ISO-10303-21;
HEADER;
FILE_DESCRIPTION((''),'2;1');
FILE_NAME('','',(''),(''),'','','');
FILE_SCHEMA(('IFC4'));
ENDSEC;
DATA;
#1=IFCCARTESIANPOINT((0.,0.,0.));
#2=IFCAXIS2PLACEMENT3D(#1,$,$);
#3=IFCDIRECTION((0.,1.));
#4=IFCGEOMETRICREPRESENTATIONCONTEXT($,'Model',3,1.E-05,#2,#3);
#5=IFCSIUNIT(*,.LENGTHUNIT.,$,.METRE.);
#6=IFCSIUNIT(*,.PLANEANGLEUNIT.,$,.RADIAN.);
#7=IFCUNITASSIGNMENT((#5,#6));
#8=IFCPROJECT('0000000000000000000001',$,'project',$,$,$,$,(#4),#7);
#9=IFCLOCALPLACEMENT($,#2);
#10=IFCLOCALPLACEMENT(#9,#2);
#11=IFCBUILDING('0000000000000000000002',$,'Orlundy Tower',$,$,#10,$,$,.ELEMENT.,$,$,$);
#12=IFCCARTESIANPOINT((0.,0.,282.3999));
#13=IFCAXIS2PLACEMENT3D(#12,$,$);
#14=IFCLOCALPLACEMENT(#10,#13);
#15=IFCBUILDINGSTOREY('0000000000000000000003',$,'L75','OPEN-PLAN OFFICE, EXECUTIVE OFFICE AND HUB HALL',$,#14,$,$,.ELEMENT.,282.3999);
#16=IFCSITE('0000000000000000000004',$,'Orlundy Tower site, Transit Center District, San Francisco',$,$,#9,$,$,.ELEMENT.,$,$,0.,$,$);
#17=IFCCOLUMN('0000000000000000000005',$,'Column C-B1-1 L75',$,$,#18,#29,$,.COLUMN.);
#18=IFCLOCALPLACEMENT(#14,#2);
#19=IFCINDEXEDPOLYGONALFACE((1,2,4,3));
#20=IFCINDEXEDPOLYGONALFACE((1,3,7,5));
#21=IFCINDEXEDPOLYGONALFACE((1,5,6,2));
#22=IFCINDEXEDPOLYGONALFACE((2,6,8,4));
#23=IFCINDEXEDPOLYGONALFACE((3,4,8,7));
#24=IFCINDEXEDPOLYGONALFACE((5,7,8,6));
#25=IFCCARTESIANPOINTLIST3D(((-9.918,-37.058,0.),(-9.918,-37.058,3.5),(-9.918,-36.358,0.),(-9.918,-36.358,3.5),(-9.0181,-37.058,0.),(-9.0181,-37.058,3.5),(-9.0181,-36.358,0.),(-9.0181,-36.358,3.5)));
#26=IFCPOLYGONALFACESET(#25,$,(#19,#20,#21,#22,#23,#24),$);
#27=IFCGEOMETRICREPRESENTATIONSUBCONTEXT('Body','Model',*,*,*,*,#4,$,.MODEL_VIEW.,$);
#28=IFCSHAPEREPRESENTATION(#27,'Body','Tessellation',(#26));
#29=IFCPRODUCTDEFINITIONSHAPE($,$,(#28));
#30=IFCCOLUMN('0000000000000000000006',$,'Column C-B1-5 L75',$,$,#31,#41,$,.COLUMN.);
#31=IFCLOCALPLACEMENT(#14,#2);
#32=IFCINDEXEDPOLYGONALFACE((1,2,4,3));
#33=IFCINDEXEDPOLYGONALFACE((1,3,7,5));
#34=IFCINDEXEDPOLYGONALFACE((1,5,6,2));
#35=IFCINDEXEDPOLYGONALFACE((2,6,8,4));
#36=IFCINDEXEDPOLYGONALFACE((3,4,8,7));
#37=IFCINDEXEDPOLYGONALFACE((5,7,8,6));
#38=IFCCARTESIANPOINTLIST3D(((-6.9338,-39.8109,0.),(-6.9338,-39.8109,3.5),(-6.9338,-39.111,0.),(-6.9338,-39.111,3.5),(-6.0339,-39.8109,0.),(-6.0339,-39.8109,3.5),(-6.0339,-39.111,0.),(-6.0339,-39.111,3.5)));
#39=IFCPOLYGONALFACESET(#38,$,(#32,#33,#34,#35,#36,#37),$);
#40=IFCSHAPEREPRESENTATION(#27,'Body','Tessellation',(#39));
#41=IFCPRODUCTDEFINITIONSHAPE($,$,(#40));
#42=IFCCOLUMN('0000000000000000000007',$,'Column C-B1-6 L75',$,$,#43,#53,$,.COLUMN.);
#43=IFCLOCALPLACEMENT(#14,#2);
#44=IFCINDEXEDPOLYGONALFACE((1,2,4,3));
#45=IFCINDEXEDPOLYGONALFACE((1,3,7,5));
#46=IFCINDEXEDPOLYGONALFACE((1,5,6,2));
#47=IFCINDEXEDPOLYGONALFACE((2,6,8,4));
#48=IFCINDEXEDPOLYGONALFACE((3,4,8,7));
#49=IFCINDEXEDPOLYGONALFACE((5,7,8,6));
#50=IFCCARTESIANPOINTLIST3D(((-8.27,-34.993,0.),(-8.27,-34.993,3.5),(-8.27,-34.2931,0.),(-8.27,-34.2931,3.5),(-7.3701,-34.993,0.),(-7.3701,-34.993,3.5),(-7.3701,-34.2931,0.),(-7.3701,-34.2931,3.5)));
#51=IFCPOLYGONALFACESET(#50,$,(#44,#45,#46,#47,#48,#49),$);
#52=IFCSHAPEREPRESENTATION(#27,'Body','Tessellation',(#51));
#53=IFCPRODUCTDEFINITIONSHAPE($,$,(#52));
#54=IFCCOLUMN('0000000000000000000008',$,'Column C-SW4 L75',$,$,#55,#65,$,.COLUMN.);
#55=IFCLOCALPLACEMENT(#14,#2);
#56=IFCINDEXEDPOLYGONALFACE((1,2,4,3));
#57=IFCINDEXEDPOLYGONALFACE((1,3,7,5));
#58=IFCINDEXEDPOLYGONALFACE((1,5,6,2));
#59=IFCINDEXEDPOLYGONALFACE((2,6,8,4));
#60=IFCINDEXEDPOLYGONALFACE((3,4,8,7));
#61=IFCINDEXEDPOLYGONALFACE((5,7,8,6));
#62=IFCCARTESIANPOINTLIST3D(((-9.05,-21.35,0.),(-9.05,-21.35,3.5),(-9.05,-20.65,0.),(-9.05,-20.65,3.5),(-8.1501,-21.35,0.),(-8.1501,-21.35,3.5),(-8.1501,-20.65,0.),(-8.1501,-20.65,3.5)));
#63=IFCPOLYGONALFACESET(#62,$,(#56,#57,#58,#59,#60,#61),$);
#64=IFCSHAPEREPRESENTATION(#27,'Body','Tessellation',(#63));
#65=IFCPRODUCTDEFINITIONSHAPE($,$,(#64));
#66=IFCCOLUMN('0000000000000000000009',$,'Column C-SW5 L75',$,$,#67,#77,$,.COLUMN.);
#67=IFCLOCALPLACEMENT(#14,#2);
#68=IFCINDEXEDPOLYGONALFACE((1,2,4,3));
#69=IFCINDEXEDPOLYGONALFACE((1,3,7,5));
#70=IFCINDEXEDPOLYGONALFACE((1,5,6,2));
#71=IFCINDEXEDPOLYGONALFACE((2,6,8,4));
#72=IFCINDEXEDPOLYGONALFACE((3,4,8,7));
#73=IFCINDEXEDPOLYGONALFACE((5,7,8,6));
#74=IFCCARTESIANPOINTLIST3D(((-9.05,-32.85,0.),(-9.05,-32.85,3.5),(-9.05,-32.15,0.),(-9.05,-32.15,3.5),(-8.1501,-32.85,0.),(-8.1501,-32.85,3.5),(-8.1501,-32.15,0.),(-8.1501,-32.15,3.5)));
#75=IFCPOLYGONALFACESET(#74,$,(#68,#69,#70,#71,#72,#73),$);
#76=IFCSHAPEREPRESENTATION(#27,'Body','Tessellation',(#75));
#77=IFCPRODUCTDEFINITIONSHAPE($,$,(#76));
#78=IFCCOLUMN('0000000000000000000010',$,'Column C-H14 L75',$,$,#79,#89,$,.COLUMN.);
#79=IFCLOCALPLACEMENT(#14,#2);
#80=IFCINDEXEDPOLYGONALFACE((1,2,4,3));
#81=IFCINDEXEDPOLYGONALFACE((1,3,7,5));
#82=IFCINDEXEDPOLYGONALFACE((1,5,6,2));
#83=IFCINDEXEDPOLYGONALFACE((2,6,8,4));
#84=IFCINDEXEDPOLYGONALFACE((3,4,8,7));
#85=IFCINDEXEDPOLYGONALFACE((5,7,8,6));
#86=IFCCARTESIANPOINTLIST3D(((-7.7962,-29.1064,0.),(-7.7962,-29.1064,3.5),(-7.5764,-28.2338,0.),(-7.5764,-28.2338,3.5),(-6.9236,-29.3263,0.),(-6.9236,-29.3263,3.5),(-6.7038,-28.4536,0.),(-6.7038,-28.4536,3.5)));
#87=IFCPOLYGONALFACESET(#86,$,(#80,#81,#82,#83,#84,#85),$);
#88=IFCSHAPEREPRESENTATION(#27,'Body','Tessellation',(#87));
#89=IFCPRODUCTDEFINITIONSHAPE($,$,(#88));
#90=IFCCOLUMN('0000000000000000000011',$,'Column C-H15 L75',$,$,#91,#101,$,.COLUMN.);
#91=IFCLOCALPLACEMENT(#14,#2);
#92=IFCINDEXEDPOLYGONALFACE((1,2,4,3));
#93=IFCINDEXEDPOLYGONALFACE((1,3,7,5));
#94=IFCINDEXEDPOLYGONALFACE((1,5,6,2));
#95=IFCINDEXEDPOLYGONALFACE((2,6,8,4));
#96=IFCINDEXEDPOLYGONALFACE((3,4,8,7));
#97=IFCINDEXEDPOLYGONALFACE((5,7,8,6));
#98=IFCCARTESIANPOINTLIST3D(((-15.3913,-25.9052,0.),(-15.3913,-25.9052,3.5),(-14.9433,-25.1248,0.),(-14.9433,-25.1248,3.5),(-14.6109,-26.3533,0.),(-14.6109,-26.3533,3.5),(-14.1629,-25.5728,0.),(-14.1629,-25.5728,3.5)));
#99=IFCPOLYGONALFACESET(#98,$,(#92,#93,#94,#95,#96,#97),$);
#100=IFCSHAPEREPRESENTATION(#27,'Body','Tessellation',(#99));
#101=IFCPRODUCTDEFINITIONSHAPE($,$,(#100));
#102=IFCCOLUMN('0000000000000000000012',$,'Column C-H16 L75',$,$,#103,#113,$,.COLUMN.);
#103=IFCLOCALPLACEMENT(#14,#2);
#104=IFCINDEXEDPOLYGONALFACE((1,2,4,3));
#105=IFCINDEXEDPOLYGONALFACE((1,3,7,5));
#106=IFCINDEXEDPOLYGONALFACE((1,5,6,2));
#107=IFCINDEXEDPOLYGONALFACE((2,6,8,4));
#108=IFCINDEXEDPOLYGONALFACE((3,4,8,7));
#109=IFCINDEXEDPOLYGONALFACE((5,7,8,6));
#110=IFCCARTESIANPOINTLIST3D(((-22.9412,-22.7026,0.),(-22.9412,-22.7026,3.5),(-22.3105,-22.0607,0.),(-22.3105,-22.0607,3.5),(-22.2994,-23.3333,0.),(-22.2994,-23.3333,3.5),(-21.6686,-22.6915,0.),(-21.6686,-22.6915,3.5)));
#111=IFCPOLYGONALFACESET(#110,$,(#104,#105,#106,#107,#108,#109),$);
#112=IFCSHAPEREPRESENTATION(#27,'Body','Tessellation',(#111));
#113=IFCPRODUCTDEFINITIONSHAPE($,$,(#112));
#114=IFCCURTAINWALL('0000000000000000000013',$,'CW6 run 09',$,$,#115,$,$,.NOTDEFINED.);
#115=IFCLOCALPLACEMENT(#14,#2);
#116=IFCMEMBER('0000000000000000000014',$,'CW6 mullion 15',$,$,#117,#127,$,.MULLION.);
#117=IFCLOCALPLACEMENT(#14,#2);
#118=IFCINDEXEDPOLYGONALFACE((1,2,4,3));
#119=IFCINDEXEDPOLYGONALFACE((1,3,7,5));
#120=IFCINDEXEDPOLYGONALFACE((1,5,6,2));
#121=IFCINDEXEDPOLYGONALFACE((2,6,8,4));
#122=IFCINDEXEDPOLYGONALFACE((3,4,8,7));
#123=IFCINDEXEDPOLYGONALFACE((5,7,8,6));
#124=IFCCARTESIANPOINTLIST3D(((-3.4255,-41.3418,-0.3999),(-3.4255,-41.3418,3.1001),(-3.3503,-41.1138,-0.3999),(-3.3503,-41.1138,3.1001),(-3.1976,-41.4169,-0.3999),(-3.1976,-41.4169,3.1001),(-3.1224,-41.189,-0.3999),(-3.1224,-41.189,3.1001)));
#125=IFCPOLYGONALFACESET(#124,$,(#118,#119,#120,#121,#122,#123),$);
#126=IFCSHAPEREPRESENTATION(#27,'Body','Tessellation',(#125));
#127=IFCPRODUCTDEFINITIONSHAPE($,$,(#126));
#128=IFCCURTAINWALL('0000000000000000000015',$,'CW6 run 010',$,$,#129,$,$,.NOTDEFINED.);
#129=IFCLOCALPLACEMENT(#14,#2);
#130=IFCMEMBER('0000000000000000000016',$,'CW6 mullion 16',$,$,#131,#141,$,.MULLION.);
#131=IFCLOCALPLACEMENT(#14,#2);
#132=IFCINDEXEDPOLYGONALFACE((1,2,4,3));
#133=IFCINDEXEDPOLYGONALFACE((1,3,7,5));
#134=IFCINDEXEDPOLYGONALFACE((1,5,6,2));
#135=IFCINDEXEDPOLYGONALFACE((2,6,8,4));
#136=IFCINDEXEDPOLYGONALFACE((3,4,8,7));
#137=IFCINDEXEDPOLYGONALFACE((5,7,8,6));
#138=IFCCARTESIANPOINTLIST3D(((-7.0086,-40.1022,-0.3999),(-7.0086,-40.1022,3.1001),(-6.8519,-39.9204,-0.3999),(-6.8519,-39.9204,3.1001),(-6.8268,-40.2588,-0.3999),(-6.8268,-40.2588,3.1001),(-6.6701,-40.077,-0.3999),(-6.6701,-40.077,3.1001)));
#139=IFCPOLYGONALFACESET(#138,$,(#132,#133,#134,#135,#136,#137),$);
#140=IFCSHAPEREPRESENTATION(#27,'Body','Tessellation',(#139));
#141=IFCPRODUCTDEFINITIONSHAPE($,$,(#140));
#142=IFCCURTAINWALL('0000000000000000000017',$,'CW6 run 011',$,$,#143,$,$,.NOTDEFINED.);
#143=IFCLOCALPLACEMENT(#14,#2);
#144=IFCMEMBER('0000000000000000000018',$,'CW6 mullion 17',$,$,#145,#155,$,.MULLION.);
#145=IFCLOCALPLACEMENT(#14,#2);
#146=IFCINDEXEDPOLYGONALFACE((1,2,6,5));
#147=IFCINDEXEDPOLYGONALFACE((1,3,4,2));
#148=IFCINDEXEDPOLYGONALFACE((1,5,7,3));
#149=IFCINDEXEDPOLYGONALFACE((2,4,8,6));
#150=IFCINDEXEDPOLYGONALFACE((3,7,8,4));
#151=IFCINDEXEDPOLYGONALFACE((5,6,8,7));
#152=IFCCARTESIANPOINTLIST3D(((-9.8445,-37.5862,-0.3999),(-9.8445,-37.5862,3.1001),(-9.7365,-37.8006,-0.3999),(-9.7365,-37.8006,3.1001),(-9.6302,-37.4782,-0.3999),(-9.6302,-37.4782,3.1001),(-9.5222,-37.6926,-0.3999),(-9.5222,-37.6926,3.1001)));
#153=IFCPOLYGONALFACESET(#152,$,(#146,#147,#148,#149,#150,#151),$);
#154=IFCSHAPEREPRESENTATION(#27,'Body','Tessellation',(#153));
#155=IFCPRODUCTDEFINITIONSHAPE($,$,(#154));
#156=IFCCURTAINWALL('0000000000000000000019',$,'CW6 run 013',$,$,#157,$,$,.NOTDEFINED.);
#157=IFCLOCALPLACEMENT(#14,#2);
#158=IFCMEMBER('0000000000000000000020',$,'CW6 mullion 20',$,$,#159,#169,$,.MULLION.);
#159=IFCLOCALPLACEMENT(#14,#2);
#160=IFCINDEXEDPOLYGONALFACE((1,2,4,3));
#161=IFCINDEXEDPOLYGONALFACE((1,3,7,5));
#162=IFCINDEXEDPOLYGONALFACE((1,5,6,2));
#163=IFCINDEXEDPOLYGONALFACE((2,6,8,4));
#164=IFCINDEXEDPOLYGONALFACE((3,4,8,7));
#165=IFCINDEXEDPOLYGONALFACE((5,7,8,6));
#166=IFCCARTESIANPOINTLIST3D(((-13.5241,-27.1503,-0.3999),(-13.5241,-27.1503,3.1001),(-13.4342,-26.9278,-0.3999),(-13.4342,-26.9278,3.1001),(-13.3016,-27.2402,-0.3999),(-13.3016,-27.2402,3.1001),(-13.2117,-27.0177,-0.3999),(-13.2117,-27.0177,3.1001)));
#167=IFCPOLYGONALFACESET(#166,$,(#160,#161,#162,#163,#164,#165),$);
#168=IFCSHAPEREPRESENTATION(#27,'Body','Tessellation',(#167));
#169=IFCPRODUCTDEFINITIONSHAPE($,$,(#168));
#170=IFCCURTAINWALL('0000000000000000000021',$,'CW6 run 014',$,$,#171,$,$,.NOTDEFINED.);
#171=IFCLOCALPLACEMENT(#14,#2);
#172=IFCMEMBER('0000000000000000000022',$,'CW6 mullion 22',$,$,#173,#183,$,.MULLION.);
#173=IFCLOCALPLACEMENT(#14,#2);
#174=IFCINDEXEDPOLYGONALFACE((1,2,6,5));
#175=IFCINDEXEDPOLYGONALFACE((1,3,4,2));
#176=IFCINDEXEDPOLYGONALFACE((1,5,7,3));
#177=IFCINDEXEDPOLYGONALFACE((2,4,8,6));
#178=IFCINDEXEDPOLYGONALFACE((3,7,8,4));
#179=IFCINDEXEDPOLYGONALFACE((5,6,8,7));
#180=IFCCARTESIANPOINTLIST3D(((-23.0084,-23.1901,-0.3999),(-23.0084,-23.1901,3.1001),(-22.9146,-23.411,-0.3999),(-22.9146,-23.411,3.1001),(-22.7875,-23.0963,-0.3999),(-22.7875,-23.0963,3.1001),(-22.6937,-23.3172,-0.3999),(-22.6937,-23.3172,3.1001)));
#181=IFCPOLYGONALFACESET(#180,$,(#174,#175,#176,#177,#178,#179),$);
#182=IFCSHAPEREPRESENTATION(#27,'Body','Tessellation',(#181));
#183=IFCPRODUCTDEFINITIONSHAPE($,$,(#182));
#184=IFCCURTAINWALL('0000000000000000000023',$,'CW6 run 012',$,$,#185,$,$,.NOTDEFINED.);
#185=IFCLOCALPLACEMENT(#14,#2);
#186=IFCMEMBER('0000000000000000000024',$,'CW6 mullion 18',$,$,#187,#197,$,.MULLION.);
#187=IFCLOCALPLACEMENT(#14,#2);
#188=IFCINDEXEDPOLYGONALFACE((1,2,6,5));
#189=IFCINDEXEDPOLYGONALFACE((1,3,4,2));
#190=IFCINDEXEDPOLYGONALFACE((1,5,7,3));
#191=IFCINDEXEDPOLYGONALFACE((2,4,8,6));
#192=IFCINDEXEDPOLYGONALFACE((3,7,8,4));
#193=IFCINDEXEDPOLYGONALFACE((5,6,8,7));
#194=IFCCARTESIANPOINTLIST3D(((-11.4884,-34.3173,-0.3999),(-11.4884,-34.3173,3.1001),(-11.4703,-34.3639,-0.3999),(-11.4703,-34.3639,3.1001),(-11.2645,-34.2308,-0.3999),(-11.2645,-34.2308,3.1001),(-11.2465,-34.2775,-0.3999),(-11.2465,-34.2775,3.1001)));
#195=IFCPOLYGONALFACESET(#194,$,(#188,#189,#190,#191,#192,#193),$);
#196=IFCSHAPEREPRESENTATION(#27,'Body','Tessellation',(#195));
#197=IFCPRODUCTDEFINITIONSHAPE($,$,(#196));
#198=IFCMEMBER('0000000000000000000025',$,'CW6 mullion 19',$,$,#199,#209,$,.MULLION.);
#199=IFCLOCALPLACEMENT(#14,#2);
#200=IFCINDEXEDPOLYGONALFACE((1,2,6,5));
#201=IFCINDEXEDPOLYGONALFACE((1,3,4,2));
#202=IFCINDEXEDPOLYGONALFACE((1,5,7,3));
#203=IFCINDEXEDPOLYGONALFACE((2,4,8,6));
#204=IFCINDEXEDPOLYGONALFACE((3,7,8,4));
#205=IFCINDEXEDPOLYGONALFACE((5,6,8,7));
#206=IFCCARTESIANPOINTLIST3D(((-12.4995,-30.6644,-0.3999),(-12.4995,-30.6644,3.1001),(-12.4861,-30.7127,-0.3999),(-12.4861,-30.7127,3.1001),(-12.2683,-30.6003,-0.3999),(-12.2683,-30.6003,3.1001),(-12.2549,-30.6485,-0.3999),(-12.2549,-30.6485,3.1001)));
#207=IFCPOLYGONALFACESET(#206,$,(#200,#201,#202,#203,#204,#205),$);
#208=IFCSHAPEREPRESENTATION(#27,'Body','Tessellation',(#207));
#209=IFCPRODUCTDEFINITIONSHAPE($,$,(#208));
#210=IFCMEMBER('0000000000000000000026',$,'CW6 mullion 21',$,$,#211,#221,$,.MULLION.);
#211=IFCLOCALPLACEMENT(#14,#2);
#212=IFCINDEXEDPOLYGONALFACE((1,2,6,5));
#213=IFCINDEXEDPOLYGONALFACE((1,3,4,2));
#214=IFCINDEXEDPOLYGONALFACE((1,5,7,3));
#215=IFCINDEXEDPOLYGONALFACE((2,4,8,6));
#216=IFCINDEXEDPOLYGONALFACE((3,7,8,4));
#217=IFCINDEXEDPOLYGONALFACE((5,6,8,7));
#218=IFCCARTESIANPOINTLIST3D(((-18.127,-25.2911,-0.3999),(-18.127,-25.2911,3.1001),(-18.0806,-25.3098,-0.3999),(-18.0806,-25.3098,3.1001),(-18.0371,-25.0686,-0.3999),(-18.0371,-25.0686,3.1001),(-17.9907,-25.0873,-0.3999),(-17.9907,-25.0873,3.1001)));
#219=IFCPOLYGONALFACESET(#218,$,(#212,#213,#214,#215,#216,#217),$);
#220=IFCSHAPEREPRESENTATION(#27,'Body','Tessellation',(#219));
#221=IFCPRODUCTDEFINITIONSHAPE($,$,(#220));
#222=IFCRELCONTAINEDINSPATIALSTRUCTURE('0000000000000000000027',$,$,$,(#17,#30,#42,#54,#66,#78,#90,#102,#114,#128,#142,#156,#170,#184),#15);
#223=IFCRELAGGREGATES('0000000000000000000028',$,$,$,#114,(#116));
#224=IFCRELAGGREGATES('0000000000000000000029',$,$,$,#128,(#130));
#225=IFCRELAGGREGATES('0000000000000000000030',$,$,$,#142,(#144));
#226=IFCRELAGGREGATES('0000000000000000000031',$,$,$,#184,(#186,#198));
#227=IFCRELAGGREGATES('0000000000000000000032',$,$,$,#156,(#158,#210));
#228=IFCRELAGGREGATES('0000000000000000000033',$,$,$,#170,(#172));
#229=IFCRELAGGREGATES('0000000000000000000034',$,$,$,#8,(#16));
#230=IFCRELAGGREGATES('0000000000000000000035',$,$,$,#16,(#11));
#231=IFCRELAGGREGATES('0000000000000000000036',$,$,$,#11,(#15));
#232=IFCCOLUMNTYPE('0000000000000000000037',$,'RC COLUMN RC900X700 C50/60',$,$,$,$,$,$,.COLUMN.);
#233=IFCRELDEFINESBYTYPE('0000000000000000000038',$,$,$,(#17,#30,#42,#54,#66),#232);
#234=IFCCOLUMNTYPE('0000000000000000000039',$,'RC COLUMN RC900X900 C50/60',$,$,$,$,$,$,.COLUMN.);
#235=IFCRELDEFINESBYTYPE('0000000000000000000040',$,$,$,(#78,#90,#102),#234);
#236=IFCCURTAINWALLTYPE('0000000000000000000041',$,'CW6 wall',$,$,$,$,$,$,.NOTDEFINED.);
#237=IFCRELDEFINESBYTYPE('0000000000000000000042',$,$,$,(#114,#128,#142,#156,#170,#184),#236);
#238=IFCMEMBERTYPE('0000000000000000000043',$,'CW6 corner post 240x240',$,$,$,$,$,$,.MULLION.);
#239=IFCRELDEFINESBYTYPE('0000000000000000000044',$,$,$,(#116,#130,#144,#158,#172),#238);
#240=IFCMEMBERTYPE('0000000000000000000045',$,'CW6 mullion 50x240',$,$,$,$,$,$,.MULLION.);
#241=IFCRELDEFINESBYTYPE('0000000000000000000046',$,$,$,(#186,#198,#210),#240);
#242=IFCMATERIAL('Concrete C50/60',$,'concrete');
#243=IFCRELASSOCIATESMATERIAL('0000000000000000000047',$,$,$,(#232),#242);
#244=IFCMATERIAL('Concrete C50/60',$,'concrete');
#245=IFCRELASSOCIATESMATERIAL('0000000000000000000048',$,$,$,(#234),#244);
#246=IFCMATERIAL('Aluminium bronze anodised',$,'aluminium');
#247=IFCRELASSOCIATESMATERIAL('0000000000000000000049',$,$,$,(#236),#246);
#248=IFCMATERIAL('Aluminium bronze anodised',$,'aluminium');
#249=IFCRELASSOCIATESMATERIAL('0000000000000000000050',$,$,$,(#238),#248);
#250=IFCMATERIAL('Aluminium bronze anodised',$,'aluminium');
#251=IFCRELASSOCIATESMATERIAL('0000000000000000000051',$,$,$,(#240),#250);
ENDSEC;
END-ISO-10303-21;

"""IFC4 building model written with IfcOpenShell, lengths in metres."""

from ifc_helpers import new_model, si_unit, direction, frame, origin, origin_2d, place, context, subcontext, project, spatial, rectangle, extrude, material, material_profile, profile_set, type_object, element, aggregate, save


model = new_model("IFC4")

# Units and contexts
model_context = context("Model", 3, precision=1e-05, world=origin(), true_north=direction((0.0, 1.0)))
body_context = subcontext(model_context, "Body", "Model", "MODEL_VIEW")
ifc_project = project(units=[si_unit("LENGTHUNIT", "METRE"), si_unit("PLANEANGLEUNIT", "RADIAN")], contexts=[model_context])

# Site, building, storey
site_placement = place(None, origin())
site = spatial("IfcSite", under=ifc_project, at=site_placement, Name="Orlundy Tower site, Transit Center District, San Francisco", CompositionType="ELEMENT", RefElevation=0.0)
building_placement = place(site_placement, origin())
building = spatial("IfcBuilding", under=site, at=building_placement, Name="Orlundy Tower", CompositionType="ELEMENT")
storey_placement = place(building_placement, frame((0.0, 0.0, 282.3999)))
storey = spatial("IfcBuildingStorey", under=building, at=storey_placement, Name="L75", Description="OPEN-PLAN OFFICE, EXECUTIVE OFFICE AND HUB HALL", CompositionType="ELEMENT", Elevation=282.3999)

# Columns
ifc_material_1 = material(Name="Concrete C50/60", Category="concrete")
ifc_material_profile_1 = material_profile(ifc_material_1, rectangle(XDim=0.8999, YDim=0.7, at=origin_2d()), Name="RC900X700")
ifc_profile_set_1 = profile_set([ifc_material_profile_1], Name="Concrete C50/60")
column_type_1 = type_object("IfcColumnType", Name="RC COLUMN RC900X700 C50/60", PredefinedType="COLUMN", material=ifc_profile_set_1)
for number, where, z_axis, x_axis, name in (
    (1, (-9.468, -36.708, 0.0), (0.0, 0.0, 1.0), (1.0, 0.0, 0.0), "Column C-B1-1 L75"),
    (2, (-6.4839, -39.4609, 0.0), (0.0, 0.0, 1.0), (1.0, 0.0, 0.0), "Column C-B1-5 L75"),
    (3, (-7.8201, -34.6431, 0.0), (0.0, 0.0, 1.0), (1.0, 0.0, 0.0), "Column C-B1-6 L75"),
    (4, (-8.6001, -21.0, 0.0), (0.0, 0.0, 1.0), (1.0, 0.0, 0.0), "Column C-SW4 L75"),
    (5, (-8.6001, -32.5, 0.0), (0.0, 0.0, 1.0), (1.0, 0.0, 0.0), "Column C-SW5 L75"),
):
    element("IfcColumn", number, at=place(storey_placement, frame(where, z_axis=z_axis, x_axis=x_axis)), inside=storey, type_object=column_type_1, Name=name, PredefinedType="COLUMN", context=body_context, shape_type="SweptSolid", body=[
        extrude(rectangle(XDim=0.8999, YDim=0.7, at=origin_2d()), origin(), (0.0, 0.0, 1.0), 3.5),
    ])
ifc_material_2 = material(Name="Concrete C50/60", Category="concrete")
ifc_material_profile_2 = material_profile(ifc_material_2, rectangle(XDim=0.8999, YDim=0.8999, at=origin_2d()), Name="RC900X900")
ifc_profile_set_2 = profile_set([ifc_material_profile_2], Name="Concrete C50/60")
column_type_2 = type_object("IfcColumnType", Name="RC COLUMN RC900X900 C50/60", PredefinedType="COLUMN", material=ifc_profile_set_2)
for number, where, z_axis, x_axis, name in (
    (6, (-7.25, -28.78, 0.0), (0.0, 0.0, 1.0), (-0.244275, -0.969706, 0.0), "Column C-H14 L75"),
    (7, (-14.7771, -25.739, 0.0), (0.0, 0.0, 1.0), (-0.497898, -0.867236, 0.0), "Column C-H15 L75"),
    (8, (-22.3049, -22.697, 0.0), (0.0, 0.0, 1.0), (-0.700922, -0.713238, 0.0), "Column C-H16 L75"),
):
    element("IfcColumn", number, at=place(storey_placement, frame(where, z_axis=z_axis, x_axis=x_axis)), inside=storey, type_object=column_type_2, Name=name, PredefinedType="COLUMN", context=body_context, shape_type="SweptSolid", body=[
        extrude(rectangle(XDim=0.8999, YDim=0.8999, at=origin_2d()), origin(), (0.0, 0.0, 1.0), 3.5),
    ])

# Curtain walls, members
ifc_material_3 = material(Name="Aluminium bronze anodised", Category="aluminium")
curtain_wall_type = type_object("IfcCurtainWallType", Name="CW6 wall", PredefinedType="NOTDEFINED", material=ifc_material_3)
curtain_wall_1_placement = place(storey_placement, origin())
curtain_wall_1 = element("IfcCurtainWall", 9, at=curtain_wall_1_placement, inside=storey, type_object=curtain_wall_type, Name="CW6 run 09", PredefinedType="NOTDEFINED")
ifc_material_4 = material(Name="Aluminium bronze anodised", Category="aluminium")
ifc_material_profile_3 = material_profile(ifc_material_4, rectangle(XDim=0.24, YDim=0.24, at=origin_2d()), Name="CW6 corner post 240x240")
ifc_profile_set_3 = profile_set([ifc_material_profile_3], Name="Aluminium bronze anodised")
member_type_1 = type_object("IfcMemberType", Name="CW6 corner post 240x240", PredefinedType="MULLION", material=ifc_profile_set_3)
member_1_placement = place(storey_placement, frame((-3.2739, -41.2654, -0.3999), z_axis=(0.0, 0.0, 1.0), x_axis=(-0.313231, -0.949677, 0.0)))
member_1 = element("IfcMember", 10, at=member_1_placement, type_object=member_type_1, Name="CW6 mullion 15", PredefinedType="MULLION", context=body_context, shape_type="SweptSolid", body=[
    extrude(rectangle(XDim=0.24, YDim=0.24, at=origin_2d()), origin(), (0.0, 0.0, 1.0), 3.5),
])
curtain_wall_2_placement = place(storey_placement, origin())
curtain_wall_2 = element("IfcCurtainWall", 11, at=curtain_wall_2_placement, inside=storey, type_object=curtain_wall_type, Name="CW6 run 010", PredefinedType="NOTDEFINED")
member_2_placement = place(storey_placement, frame((-6.8394, -40.0896, -0.3999), z_axis=(0.0, 0.0, 1.0), x_axis=(-0.652678, -0.757635, 0.0)))
member_2 = element("IfcMember", 12, at=member_2_placement, type_object=member_type_1, Name="CW6 mullion 16", PredefinedType="MULLION", context=body_context, shape_type="SweptSolid", body=[
    extrude(rectangle(XDim=0.24, YDim=0.24, at=origin_2d()), origin(), (0.0, 0.0, 1.0), 3.5),
])
curtain_wall_3_placement = place(storey_placement, origin())
curtain_wall_3 = element("IfcCurtainWall", 13, at=curtain_wall_3_placement, inside=storey, type_object=curtain_wall_type, Name="CW6 run 011", PredefinedType="NOTDEFINED")
member_3_placement = place(storey_placement, frame((-9.6833, -37.6394, -0.3999), z_axis=(0.0, 0.0, 1.0), x_axis=(-0.89302, -0.450017, 0.0)))
member_3 = element("IfcMember", 14, at=member_3_placement, type_object=member_type_1, Name="CW6 mullion 17", PredefinedType="MULLION", context=body_context, shape_type="SweptSolid", body=[
    extrude(rectangle(XDim=0.24, YDim=0.24, at=origin_2d()), origin(), (0.0, 0.0, 1.0), 3.5),
])
curtain_wall_4_placement = place(storey_placement, origin())
curtain_wall_4 = element("IfcCurtainWall", 15, at=curtain_wall_4_placement, inside=storey, type_object=curtain_wall_type, Name="CW6 run 013", PredefinedType="NOTDEFINED")
member_4_placement = place(storey_placement, frame((-13.3679, -27.084, -0.3999), z_axis=(0.0, 0.0, 1.0), x_axis=(-0.374521, -0.927218, 0.0)))
member_4 = element("IfcMember", 16, at=member_4_placement, type_object=member_type_1, Name="CW6 mullion 20", PredefinedType="MULLION", context=body_context, shape_type="SweptSolid", body=[
    extrude(rectangle(XDim=0.24, YDim=0.24, at=origin_2d()), origin(), (0.0, 0.0, 1.0), 3.5),
])
curtain_wall_5_placement = place(storey_placement, origin())
curtain_wall_5 = element("IfcCurtainWall", 17, at=curtain_wall_5_placement, inside=storey, type_object=curtain_wall_type, Name="CW6 run 014", PredefinedType="NOTDEFINED")
member_5_placement = place(storey_placement, frame((-22.8511, -23.2537, -0.3999), z_axis=(0.0, 0.0, 1.0), x_axis=(-0.920507, -0.390727, 0.0)))
member_5 = element("IfcMember", 18, at=member_5_placement, type_object=member_type_1, Name="CW6 mullion 22", PredefinedType="MULLION", context=body_context, shape_type="SweptSolid", body=[
    extrude(rectangle(XDim=0.24, YDim=0.24, at=origin_2d()), origin(), (0.0, 0.0, 1.0), 3.5),
])

# Curtain wall, members
curtain_wall_6_placement = place(storey_placement, origin())
curtain_wall_6 = element("IfcCurtainWall", 19, at=curtain_wall_6_placement, inside=storey, type_object=curtain_wall_type, Name="CW6 run 012", PredefinedType="NOTDEFINED")
ifc_material_5 = material(Name="Aluminium bronze anodised", Category="aluminium")
ifc_material_profile_4 = material_profile(ifc_material_5, rectangle(XDim=0.24, YDim=0.05, at=origin_2d()), Name="CW6 mullion 50x240")
ifc_profile_set_4 = profile_set([ifc_material_profile_4], Name="Aluminium bronze anodised")
member_type_2 = type_object("IfcMemberType", Name="CW6 mullion 50x240", PredefinedType="MULLION", material=ifc_profile_set_4)
member_6_placement = place(storey_placement, frame((-11.3674, -34.2974, -0.3999), z_axis=(0.0, 0.0, 1.0), x_axis=(-0.932815, -0.360356, 0.0)))
member_6 = element("IfcMember", 20, at=member_6_placement, type_object=member_type_2, Name="CW6 mullion 18", PredefinedType="MULLION", context=body_context, shape_type="SweptSolid", body=[
    extrude(rectangle(XDim=0.24, YDim=0.05, at=origin_2d()), origin(), (0.0, 0.0, 1.0), 3.5),
])
member_7_placement = place(storey_placement, frame((-12.3772, -30.6565, -0.3999), z_axis=(0.0, 0.0, 1.0), x_axis=(-0.963634, -0.267226, 0.0)))
member_7 = element("IfcMember", 21, at=member_7_placement, type_object=member_type_2, Name="CW6 mullion 19", PredefinedType="MULLION", context=body_context, shape_type="SweptSolid", body=[
    extrude(rectangle(XDim=0.24, YDim=0.05, at=origin_2d()), origin(), (0.0, 0.0, 1.0), 3.5),
])

# Member
member_8_placement = place(storey_placement, frame((-18.0588, -25.1892, -0.3999), z_axis=(0.0, 0.0, 1.0), x_axis=(-0.374521, -0.927218, 0.0)))
member_8 = element("IfcMember", 22, at=member_8_placement, type_object=member_type_2, Name="CW6 mullion 21", PredefinedType="MULLION", context=body_context, shape_type="SweptSolid", body=[
    extrude(rectangle(XDim=0.24, YDim=0.05, at=origin_2d()), origin(), (0.0, 0.0, 1.0), 3.5),
])

aggregate(curtain_wall_1, [member_1])
aggregate(curtain_wall_2, [member_2])
aggregate(curtain_wall_3, [member_3])
aggregate(curtain_wall_6, [member_6, member_7])
aggregate(curtain_wall_4, [member_4, member_8])
aggregate(curtain_wall_5, [member_5])

save(model, "model.ifc")
